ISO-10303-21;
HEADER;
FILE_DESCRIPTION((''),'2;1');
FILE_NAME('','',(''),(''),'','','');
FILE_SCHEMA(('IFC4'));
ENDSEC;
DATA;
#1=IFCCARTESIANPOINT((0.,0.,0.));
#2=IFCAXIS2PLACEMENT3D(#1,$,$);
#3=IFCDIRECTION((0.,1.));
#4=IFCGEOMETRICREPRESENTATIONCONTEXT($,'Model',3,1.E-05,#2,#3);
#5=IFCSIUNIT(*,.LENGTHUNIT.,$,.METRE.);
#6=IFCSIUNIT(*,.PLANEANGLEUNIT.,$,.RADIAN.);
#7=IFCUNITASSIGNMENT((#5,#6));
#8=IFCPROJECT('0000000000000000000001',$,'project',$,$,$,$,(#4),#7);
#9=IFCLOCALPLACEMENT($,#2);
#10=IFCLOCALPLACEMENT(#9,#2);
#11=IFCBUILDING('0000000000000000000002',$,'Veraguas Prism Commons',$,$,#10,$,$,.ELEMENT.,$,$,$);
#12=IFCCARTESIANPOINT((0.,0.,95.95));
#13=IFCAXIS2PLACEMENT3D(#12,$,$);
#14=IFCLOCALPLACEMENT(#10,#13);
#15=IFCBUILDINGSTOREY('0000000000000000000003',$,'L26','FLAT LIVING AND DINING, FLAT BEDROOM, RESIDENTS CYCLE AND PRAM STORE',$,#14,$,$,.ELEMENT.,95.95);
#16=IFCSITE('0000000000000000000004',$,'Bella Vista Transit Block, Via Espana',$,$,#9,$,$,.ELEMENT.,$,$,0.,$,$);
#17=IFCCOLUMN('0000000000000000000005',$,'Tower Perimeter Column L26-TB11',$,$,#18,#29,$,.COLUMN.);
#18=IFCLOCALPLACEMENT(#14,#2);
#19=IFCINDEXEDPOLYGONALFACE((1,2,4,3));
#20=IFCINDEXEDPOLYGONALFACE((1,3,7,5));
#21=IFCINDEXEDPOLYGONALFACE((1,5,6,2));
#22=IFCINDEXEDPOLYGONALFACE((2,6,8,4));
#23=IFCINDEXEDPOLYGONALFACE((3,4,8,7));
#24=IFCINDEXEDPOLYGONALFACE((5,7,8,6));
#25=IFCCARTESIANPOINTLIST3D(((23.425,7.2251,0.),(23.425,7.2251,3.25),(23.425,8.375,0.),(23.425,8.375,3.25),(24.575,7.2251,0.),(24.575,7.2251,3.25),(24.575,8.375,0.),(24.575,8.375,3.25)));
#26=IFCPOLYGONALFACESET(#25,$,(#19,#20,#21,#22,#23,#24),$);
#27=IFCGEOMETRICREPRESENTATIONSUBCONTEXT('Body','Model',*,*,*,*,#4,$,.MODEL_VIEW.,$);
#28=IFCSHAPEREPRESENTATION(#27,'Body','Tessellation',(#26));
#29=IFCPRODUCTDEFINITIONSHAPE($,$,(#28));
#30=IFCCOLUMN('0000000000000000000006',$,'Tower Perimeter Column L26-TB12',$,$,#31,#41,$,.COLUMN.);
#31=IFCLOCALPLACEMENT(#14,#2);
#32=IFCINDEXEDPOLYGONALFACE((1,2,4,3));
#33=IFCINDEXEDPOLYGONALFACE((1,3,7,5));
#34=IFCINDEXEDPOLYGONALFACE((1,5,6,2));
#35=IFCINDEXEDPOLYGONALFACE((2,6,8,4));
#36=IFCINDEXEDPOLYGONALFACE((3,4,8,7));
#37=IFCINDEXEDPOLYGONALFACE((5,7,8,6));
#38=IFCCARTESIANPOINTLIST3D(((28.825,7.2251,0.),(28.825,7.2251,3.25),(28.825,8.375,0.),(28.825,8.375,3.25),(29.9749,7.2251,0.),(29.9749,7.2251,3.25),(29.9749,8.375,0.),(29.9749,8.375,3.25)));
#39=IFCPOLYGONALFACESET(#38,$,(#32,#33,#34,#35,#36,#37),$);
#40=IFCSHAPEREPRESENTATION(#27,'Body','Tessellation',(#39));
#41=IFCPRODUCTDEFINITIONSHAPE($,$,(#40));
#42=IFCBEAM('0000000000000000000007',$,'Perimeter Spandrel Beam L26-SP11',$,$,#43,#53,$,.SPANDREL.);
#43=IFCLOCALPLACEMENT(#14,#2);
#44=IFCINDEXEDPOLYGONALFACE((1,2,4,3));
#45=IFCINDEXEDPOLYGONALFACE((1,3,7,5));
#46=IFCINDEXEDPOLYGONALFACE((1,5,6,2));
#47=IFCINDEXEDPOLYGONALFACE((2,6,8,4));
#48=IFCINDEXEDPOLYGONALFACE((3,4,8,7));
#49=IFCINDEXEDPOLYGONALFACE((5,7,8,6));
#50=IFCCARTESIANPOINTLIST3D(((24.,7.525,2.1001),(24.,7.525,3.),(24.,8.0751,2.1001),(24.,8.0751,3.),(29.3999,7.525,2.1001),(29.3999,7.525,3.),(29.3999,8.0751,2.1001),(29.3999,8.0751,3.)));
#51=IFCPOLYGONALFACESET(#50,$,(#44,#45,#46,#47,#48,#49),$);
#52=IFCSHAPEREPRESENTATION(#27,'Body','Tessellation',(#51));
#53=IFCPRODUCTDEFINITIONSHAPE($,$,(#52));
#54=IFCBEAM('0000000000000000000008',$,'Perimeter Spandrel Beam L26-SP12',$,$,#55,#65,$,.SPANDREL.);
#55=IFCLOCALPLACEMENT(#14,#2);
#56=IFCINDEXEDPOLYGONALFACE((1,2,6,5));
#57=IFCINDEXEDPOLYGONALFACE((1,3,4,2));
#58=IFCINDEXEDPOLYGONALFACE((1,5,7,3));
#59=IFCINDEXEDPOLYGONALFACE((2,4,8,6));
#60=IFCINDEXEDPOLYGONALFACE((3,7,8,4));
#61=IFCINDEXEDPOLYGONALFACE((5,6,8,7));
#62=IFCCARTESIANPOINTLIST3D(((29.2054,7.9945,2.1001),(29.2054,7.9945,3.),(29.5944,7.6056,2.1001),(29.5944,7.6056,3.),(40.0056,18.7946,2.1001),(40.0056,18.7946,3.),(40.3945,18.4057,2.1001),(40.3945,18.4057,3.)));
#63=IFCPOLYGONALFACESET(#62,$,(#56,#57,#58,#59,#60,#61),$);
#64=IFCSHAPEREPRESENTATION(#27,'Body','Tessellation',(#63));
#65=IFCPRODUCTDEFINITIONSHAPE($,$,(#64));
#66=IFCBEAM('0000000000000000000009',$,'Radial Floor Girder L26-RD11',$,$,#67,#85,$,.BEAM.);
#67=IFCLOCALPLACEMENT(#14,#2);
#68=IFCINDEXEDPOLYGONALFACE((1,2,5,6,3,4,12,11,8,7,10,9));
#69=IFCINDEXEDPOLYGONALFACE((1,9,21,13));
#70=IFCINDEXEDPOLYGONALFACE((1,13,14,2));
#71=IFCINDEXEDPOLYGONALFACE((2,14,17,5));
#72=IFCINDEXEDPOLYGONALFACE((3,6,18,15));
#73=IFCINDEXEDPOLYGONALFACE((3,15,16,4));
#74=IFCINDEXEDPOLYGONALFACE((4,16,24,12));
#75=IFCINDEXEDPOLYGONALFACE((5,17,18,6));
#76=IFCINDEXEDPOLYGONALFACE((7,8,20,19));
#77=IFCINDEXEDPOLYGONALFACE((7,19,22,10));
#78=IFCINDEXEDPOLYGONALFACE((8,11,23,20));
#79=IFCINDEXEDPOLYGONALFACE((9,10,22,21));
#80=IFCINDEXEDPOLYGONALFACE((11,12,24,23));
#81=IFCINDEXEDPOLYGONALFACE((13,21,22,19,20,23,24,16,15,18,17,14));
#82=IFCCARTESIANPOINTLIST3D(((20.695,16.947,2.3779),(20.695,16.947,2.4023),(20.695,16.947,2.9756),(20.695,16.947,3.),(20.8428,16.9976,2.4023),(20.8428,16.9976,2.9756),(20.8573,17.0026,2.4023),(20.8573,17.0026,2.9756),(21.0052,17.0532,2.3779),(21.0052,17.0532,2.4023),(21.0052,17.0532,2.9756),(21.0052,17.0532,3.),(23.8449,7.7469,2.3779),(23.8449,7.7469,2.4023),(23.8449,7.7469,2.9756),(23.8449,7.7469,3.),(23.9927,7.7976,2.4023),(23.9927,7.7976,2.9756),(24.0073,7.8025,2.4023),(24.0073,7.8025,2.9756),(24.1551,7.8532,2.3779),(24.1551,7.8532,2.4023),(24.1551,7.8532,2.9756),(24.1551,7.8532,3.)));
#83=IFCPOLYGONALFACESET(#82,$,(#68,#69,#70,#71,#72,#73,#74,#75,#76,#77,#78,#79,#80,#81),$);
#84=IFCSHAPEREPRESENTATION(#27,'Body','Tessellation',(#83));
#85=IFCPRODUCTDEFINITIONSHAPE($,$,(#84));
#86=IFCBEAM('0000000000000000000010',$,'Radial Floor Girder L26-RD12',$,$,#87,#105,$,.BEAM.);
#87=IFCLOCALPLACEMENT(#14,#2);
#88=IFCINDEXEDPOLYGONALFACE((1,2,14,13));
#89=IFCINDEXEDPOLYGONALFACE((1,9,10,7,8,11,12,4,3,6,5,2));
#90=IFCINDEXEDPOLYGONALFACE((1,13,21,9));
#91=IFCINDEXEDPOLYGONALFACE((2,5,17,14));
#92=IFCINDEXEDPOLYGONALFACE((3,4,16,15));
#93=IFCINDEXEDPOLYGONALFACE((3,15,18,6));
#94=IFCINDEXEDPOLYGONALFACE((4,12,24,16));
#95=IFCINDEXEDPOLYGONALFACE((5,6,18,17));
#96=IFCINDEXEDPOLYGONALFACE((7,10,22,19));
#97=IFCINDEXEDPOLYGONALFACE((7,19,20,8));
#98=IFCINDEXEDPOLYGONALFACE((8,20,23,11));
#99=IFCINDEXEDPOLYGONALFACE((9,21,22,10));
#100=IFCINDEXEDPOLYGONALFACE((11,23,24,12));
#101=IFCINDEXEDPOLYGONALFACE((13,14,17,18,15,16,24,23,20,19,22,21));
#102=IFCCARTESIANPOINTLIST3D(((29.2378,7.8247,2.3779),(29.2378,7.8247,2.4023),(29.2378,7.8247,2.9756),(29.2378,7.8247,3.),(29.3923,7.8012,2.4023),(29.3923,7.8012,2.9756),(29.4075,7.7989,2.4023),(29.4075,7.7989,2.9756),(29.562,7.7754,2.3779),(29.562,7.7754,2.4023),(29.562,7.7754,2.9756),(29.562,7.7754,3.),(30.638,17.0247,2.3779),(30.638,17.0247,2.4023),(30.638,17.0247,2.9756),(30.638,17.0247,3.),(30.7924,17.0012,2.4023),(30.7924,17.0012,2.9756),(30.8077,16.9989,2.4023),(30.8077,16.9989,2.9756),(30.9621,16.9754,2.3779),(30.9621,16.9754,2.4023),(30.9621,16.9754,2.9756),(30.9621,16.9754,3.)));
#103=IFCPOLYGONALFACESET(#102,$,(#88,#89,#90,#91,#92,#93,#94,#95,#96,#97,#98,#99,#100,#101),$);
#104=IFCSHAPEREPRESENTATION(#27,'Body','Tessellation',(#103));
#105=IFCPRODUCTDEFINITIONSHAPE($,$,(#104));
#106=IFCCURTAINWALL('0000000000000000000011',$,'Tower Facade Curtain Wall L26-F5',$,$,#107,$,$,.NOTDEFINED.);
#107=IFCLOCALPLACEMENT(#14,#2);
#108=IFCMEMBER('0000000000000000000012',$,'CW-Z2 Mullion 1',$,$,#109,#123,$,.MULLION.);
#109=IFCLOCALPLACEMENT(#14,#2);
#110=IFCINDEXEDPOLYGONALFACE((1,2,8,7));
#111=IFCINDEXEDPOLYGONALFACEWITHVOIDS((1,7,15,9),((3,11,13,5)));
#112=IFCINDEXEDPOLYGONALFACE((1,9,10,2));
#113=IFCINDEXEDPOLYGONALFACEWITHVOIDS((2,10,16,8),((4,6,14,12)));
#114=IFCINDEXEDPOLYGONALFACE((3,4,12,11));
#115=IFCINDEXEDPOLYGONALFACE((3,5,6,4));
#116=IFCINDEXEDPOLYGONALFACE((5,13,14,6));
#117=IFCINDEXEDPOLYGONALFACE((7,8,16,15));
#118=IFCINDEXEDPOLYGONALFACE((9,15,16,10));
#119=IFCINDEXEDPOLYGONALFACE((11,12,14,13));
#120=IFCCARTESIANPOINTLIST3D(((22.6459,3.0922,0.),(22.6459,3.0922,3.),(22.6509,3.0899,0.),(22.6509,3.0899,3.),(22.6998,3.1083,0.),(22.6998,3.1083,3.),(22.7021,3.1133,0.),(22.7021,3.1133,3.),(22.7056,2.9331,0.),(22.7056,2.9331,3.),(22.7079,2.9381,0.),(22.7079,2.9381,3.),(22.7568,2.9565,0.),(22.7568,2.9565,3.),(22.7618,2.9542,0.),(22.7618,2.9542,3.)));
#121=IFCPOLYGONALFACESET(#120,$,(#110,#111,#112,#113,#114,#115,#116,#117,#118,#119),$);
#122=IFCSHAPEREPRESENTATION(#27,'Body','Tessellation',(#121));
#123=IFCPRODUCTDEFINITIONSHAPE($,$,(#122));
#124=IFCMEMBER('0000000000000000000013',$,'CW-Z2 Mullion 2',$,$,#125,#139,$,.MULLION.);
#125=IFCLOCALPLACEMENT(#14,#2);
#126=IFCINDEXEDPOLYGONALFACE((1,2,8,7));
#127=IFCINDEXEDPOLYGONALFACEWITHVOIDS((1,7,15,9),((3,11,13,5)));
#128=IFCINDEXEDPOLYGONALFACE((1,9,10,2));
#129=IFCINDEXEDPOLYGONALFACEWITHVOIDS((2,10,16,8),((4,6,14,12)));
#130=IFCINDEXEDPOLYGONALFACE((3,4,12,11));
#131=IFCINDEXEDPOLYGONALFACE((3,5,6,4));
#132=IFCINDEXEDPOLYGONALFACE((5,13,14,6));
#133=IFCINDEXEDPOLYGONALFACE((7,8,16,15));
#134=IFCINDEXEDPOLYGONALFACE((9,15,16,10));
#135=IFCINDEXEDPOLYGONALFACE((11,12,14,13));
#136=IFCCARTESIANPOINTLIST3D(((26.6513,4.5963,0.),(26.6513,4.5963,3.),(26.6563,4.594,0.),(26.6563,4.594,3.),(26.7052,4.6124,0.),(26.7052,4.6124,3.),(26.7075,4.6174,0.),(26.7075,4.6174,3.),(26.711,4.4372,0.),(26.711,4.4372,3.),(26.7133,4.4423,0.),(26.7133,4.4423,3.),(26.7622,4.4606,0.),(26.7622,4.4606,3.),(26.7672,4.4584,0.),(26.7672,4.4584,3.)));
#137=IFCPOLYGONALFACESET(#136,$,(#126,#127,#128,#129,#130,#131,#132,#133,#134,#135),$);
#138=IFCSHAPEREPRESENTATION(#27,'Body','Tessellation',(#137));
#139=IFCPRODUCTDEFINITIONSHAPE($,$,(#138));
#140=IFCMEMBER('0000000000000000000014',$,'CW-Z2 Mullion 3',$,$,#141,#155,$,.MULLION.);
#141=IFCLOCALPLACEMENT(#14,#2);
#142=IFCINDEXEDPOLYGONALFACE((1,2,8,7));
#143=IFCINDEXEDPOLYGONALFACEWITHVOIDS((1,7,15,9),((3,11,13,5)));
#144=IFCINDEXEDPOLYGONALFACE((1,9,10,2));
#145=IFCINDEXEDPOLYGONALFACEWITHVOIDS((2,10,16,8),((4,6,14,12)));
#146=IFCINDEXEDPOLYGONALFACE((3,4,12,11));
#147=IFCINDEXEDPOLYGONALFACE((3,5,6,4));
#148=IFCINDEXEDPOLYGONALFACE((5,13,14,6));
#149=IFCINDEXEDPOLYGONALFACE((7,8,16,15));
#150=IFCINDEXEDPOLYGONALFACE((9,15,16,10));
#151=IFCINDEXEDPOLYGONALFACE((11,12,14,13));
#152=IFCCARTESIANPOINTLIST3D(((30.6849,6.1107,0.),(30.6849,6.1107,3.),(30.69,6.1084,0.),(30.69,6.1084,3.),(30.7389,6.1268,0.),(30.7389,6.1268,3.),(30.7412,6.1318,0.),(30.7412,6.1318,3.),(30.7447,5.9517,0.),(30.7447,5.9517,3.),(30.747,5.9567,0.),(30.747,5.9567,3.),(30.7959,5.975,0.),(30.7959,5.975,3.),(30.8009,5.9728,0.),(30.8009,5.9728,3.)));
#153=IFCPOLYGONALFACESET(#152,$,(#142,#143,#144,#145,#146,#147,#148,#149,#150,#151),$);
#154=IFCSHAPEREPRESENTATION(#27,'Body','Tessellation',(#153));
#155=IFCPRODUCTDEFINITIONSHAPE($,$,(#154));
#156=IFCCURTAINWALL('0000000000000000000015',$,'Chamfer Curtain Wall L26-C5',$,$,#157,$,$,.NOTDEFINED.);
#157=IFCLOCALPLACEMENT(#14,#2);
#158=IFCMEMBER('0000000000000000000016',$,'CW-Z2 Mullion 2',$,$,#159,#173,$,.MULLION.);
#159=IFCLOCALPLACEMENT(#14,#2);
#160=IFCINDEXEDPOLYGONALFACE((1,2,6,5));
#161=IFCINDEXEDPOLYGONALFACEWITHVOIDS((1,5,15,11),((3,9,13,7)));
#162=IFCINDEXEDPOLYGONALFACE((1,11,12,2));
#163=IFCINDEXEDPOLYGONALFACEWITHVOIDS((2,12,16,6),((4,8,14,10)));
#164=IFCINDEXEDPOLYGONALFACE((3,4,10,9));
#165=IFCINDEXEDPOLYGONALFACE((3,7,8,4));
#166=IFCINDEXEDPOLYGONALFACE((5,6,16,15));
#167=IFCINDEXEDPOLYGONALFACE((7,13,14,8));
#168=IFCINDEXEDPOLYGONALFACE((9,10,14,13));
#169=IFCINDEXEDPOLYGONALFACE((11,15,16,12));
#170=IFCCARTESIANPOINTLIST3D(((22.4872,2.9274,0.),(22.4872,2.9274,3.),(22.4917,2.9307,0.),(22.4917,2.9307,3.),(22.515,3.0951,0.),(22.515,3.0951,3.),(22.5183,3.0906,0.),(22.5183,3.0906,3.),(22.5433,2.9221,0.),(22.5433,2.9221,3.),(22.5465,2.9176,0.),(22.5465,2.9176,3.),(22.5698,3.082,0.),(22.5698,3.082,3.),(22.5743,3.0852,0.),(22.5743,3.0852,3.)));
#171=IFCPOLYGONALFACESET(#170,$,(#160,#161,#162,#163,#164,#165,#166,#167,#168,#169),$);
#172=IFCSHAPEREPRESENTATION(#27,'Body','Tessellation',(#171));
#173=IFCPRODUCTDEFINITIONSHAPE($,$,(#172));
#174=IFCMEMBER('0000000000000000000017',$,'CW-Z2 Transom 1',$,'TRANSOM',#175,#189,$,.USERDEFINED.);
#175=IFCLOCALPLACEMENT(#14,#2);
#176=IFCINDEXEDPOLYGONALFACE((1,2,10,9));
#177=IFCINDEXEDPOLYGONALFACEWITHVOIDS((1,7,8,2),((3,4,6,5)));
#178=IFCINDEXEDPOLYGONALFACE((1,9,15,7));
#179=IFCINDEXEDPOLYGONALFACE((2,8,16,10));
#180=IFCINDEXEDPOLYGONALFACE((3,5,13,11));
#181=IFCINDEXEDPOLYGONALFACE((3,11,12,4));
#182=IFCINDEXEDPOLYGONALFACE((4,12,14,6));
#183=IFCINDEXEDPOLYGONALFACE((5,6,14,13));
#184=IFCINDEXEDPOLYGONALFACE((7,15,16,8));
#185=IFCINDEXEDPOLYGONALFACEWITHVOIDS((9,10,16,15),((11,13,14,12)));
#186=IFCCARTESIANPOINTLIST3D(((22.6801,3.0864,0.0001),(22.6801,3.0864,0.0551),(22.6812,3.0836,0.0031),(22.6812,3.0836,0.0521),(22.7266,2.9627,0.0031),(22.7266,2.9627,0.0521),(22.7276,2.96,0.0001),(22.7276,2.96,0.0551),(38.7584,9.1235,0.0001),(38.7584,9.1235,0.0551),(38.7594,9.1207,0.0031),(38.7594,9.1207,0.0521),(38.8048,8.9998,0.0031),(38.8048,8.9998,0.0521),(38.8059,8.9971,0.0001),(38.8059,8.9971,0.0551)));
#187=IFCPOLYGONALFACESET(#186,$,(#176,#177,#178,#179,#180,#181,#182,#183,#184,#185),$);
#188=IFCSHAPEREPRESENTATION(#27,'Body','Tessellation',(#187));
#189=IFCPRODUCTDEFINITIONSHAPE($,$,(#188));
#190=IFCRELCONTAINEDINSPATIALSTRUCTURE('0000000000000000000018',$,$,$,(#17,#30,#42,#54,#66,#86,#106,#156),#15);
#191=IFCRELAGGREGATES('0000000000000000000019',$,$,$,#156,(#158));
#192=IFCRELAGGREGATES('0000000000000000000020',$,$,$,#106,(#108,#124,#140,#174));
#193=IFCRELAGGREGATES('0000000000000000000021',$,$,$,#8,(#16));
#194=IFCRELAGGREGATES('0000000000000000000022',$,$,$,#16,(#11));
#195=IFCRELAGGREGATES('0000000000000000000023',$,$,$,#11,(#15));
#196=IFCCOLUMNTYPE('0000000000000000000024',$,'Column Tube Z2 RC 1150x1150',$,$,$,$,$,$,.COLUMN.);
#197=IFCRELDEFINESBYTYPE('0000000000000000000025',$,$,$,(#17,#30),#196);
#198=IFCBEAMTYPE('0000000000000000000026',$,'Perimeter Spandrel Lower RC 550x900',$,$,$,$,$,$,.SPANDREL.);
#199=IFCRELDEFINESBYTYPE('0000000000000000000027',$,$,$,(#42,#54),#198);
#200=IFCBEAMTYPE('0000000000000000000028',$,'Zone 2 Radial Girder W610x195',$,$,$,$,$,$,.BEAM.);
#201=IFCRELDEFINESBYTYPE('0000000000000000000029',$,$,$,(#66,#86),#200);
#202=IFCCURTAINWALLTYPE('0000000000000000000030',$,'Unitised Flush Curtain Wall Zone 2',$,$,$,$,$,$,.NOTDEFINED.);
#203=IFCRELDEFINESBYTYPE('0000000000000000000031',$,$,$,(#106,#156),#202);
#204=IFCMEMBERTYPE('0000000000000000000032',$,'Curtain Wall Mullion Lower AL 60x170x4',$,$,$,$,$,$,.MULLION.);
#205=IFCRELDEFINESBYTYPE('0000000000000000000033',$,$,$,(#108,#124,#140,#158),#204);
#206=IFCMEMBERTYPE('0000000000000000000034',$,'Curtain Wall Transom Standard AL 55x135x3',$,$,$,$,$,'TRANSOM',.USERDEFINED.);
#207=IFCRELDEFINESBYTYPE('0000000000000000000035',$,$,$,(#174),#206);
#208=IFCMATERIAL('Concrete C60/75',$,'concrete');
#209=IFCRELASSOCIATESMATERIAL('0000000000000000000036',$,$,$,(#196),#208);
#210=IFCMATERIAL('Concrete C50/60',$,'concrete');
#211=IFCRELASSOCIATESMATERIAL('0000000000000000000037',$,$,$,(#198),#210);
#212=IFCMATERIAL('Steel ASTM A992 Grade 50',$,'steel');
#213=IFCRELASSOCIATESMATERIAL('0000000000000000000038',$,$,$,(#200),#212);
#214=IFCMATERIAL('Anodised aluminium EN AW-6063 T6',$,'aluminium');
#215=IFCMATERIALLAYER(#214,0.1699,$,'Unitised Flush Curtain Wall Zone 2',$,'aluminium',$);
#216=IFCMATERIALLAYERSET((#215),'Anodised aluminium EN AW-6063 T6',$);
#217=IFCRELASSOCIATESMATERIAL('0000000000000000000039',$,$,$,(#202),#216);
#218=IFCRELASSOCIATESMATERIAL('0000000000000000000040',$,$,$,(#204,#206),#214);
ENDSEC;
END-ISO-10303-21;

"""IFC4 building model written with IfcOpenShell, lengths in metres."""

from ifc_helpers import new_model, si_unit, direction, frame, origin, origin_2d, place, context, subcontext, project, spatial, rectangle, hollow_rectangle, i_section, extrude, source, transform, mapped, material, layer, layer_set, material_profile, profile_set, type_object, element, aggregate, save


model = new_model("IFC4")

# Units and contexts
model_context = context("Model", 3, precision=1e-05, world=origin(), true_north=direction((0.0, 1.0)))
body_context = subcontext(model_context, "Body", "Model", "MODEL_VIEW")
ifc_project = project(units=[si_unit("LENGTHUNIT", "METRE"), si_unit("PLANEANGLEUNIT", "RADIAN")], contexts=[model_context])

# Site, building, storey
site_placement = place(None, origin())
site = spatial("IfcSite", under=ifc_project, at=site_placement, Name="Bella Vista Transit Block, Via Espana", CompositionType="ELEMENT", RefElevation=0.0)
building_placement = place(site_placement, origin())
building = spatial("IfcBuilding", under=site, at=building_placement, Name="Veraguas Prism Commons", CompositionType="ELEMENT")
storey_placement = place(building_placement, frame((0.0, 0.0, 95.95)))
storey = spatial("IfcBuildingStorey", under=building, at=storey_placement, Name="L26", Description="FLAT LIVING AND DINING, FLAT BEDROOM, RESIDENTS CYCLE AND PRAM STORE", CompositionType="ELEMENT", Elevation=95.95)

# Columns
ifc_material_1 = material(Name="Concrete C60/75", Category="concrete")
ifc_material_profile_1 = material_profile(ifc_material_1, rectangle(XDim=1.1499, YDim=1.1499, at=origin_2d()), Name="RC1150X1150")
ifc_profile_set_1 = profile_set([ifc_material_profile_1], Name="Concrete C60/75")
column_type = type_object("IfcColumnType", Name="Column Tube Z2 RC 1150x1150", PredefinedType="COLUMN", material=ifc_profile_set_1)
for number, where, z_axis, x_axis, name in (
    (1, (24.0, 7.8, 0.0), (0.0, 0.0, 1.0), (1.0, 0.0, 0.0), "Tower Perimeter Column L26-TB11"),
    (2, (29.3999, 7.8, 0.0), (0.0, 0.0, 1.0), (1.0, 0.0, 0.0), "Tower Perimeter Column L26-TB12"),
):
    element("IfcColumn", number, at=place(storey_placement, frame(where, z_axis=z_axis, x_axis=x_axis)), inside=storey, type_object=column_type, Name=name, PredefinedType="COLUMN", context=body_context, shape_type="SweptSolid", body=[
        extrude(rectangle(XDim=1.1499, YDim=1.1499, at=origin_2d()), origin(), (0.0, 0.0, 1.0), 3.25),
    ])

# Beams
ifc_material_2 = material(Name="Concrete C50/60", Category="concrete")
ifc_material_profile_2 = material_profile(ifc_material_2, rectangle(XDim=0.55, YDim=0.8999, at=origin_2d()), Name="RC550X900")
ifc_profile_set_2 = profile_set([ifc_material_profile_2], Name="Concrete C50/60")
beam_type_1 = type_object("IfcBeamType", Name="Perimeter Spandrel Lower RC 550x900", PredefinedType="SPANDREL", material=ifc_profile_set_2)
beam_1_placement = place(storey_placement, frame((24.0, 7.8, 2.55), z_axis=(1.0, 0.0, 0.0), x_axis=(0.0, 1.0, 0.0)))
element("IfcBeam", 3, at=beam_1_placement, inside=storey, type_object=beam_type_1, Name="Perimeter Spandrel Beam L26-SP11", PredefinedType="SPANDREL", context=body_context, shape_type="SweptSolid", body=[
    extrude(rectangle(XDim=0.55, YDim=0.8999, at=origin_2d()), origin(), (0.0, 0.0, 1.0), 5.3999),
])
beam_2_placement = place(storey_placement, frame((29.3999, 7.8, 2.55), z_axis=(0.707107, 0.707107, 0.0), x_axis=(-0.707107, 0.707107, 0.0)))
element("IfcBeam", 4, at=beam_2_placement, inside=storey, type_object=beam_type_1, Name="Perimeter Spandrel Beam L26-SP12", PredefinedType="SPANDREL", context=body_context, shape_type="SweptSolid", body=[
    extrude(rectangle(XDim=0.55, YDim=0.8999, at=origin_2d()), origin(), (0.0, 0.0, 1.0), 15.2737),
])
ifc_material_3 = material(Name="Steel ASTM A992 Grade 50", Category="steel")
ifc_material_profile_3 = material_profile(ifc_material_3, i_section(OverallWidth=0.3279, OverallDepth=0.6221, WebThickness=0.0154, FlangeThickness=0.0244, at=origin_2d()), Name="W610X195")
ifc_profile_set_3 = profile_set([ifc_material_profile_3], Name="Steel ASTM A992 Grade 50")
beam_type_2 = type_object("IfcBeamType", Name="Zone 2 Radial Girder W610x195", PredefinedType="BEAM", material=ifc_profile_set_3)
beam_3_placement = place(storey_placement, frame((24.0, 7.8, 2.689), z_axis=(-0.323922, 0.946084, 0.0), x_axis=(-0.946084, -0.323922, 0.0)))
element("IfcBeam", 5, at=beam_3_placement, inside=storey, type_object=beam_type_2, Name="Radial Floor Girder L26-RD11", PredefinedType="BEAM", context=body_context, shape_type="SweptSolid", body=[
    extrude(i_section(OverallWidth=0.3279, OverallDepth=0.6221, WebThickness=0.0154, FlangeThickness=0.0244, at=origin_2d()), origin(), (0.0, 0.0, 1.0), 9.7244),
])
beam_4_placement = place(storey_placement, frame((29.3999, 7.8, 2.689), z_axis=(0.150458, 0.988616, 0.0), x_axis=(-0.988616, 0.150458, 0.0)))
element("IfcBeam", 6, at=beam_4_placement, inside=storey, type_object=beam_type_2, Name="Radial Floor Girder L26-RD12", PredefinedType="BEAM", context=body_context, shape_type="SweptSolid", body=[
    extrude(i_section(OverallWidth=0.3279, OverallDepth=0.6221, WebThickness=0.0154, FlangeThickness=0.0244, at=origin_2d()), origin(), (0.0, 0.0, 1.0), 9.3059),
])

# Curtain wall, members
ifc_material_4 = material(Name="Anodised aluminium EN AW-6063 T6", Category="aluminium")
ifc_layer_1 = layer(ifc_material_4, 0.1699, Name="Unitised Flush Curtain Wall Zone 2", Category="aluminium")
ifc_layer_set_1 = layer_set([ifc_layer_1], Name="Anodised aluminium EN AW-6063 T6")
curtain_wall_type = type_object("IfcCurtainWallType", Name="Unitised Flush Curtain Wall Zone 2", PredefinedType="NOTDEFINED", material=ifc_layer_set_1)
curtain_wall_1_placement = place(storey_placement, origin())
curtain_wall_1 = element("IfcCurtainWall", 7, at=curtain_wall_1_placement, inside=storey, type_object=curtain_wall_type, Name="Tower Facade Curtain Wall L26-F5", PredefinedType="NOTDEFINED")
ifc_material_profile_4 = material_profile(ifc_material_4, hollow_rectangle(XDim=0.0601, YDim=0.1699, WallThickness=0.0039, at=origin_2d()), Name="AL60X170X4")
ifc_profile_set_4 = profile_set([ifc_material_profile_4], Name="Anodised aluminium EN AW-6063 T6")
member_type_1 = type_object("IfcMemberType", Name="Curtain Wall Mullion Lower AL 60x170x4", PredefinedType="MULLION", material=ifc_profile_set_4)
shared_shape_1 = source(origin(), body_context, "Body", "SweptSolid", [
    extrude(hollow_rectangle(XDim=0.0601, YDim=0.1699, WallThickness=0.0039, at=origin_2d()), origin(), (0.0, 0.0, 1.0), 3.0),
])
member_1_placement = place(storey_placement, frame((22.7039, 3.0232, 0.0), z_axis=(0.0, 0.0, 1.0), x_axis=(0.936183, 0.351513, 0.0)))
member_1 = element("IfcMember", 8, at=member_1_placement, type_object=member_type_1, Name="CW-Z2 Mullion 1", PredefinedType="MULLION", context=body_context, shape_type="MappedRepresentation", body=[
    mapped(shared_shape_1, transform((0.0, 0.0, 0.0), scale=1.0)),
])
member_2_placement = place(storey_placement, frame((26.7092, 4.5273, 0.0), z_axis=(0.0, 0.0, 1.0), x_axis=(0.936183, 0.351513, 0.0)))
member_2 = element("IfcMember", 9, at=member_2_placement, type_object=member_type_1, Name="CW-Z2 Mullion 2", PredefinedType="MULLION", context=body_context, shape_type="MappedRepresentation", body=[
    mapped(shared_shape_1, transform((0.0, 0.0, 0.0), scale=1.0)),
])
member_3_placement = place(storey_placement, frame((30.7429, 6.0417, 0.0), z_axis=(0.0, 0.0, 1.0), x_axis=(0.936183, 0.351513, 0.0)))
member_3 = element("IfcMember", 10, at=member_3_placement, type_object=member_type_1, Name="CW-Z2 Mullion 3", PredefinedType="MULLION", context=body_context, shape_type="MappedRepresentation", body=[
    mapped(shared_shape_1, transform((0.0, 0.0, 0.0), scale=1.0)),
])

# Curtain wall, member
curtain_wall_2_placement = place(storey_placement, origin())
curtain_wall_2 = element("IfcCurtainWall", 11, at=curtain_wall_2_placement, inside=storey, type_object=curtain_wall_type, Name="Chamfer Curtain Wall L26-C5", PredefinedType="NOTDEFINED")
member_4_placement = place(storey_placement, frame((22.5308, 3.0063, 0.0), z_axis=(0.0, 0.0, 1.0), x_axis=(0.986515, -0.16367, 0.0)))
member_4 = element("IfcMember", 12, at=member_4_placement, type_object=member_type_1, Name="CW-Z2 Mullion 2", PredefinedType="MULLION", context=body_context, shape_type="MappedRepresentation", body=[
    mapped(shared_shape_1, transform((0.0, 0.0, 0.0), scale=1.0)),
])
aggregate(curtain_wall_2, [member_4])

# Member
ifc_material_profile_5 = material_profile(ifc_material_4, hollow_rectangle(XDim=0.0549, YDim=0.135, WallThickness=0.0029, at=origin_2d()), Name="AL55X135X3")
ifc_profile_set_5 = profile_set([ifc_material_profile_5], Name="Anodised aluminium EN AW-6063 T6")
member_type_2 = type_object("IfcMemberType", Name="Curtain Wall Transom Standard AL 55x135x3", ElementType="TRANSOM", PredefinedType="USERDEFINED", material=ifc_profile_set_5)
shared_shape_2 = source(origin(), body_context, "Body", "SweptSolid", [
    extrude(hollow_rectangle(XDim=0.0549, YDim=0.135, WallThickness=0.0029, at=origin_2d()), origin(), (0.0, 0.0, 1.0), 17.1743),
])
member_5_placement = place(storey_placement, frame((22.7039, 3.0232, 0.0276), z_axis=(0.936181, 0.351518, 0.0), x_axis=(0.0, 0.0, 1.0)))
member_5 = element("IfcMember", 13, at=member_5_placement, type_object=member_type_2, Name="CW-Z2 Transom 1", ObjectType="TRANSOM", PredefinedType="USERDEFINED", context=body_context, shape_type="MappedRepresentation", body=[
    mapped(shared_shape_2, transform((0.0, 0.0, 0.0), scale=1.0)),
])

aggregate(curtain_wall_1, [member_1, member_2, member_3, member_5])

save(model, "model.ifc")
